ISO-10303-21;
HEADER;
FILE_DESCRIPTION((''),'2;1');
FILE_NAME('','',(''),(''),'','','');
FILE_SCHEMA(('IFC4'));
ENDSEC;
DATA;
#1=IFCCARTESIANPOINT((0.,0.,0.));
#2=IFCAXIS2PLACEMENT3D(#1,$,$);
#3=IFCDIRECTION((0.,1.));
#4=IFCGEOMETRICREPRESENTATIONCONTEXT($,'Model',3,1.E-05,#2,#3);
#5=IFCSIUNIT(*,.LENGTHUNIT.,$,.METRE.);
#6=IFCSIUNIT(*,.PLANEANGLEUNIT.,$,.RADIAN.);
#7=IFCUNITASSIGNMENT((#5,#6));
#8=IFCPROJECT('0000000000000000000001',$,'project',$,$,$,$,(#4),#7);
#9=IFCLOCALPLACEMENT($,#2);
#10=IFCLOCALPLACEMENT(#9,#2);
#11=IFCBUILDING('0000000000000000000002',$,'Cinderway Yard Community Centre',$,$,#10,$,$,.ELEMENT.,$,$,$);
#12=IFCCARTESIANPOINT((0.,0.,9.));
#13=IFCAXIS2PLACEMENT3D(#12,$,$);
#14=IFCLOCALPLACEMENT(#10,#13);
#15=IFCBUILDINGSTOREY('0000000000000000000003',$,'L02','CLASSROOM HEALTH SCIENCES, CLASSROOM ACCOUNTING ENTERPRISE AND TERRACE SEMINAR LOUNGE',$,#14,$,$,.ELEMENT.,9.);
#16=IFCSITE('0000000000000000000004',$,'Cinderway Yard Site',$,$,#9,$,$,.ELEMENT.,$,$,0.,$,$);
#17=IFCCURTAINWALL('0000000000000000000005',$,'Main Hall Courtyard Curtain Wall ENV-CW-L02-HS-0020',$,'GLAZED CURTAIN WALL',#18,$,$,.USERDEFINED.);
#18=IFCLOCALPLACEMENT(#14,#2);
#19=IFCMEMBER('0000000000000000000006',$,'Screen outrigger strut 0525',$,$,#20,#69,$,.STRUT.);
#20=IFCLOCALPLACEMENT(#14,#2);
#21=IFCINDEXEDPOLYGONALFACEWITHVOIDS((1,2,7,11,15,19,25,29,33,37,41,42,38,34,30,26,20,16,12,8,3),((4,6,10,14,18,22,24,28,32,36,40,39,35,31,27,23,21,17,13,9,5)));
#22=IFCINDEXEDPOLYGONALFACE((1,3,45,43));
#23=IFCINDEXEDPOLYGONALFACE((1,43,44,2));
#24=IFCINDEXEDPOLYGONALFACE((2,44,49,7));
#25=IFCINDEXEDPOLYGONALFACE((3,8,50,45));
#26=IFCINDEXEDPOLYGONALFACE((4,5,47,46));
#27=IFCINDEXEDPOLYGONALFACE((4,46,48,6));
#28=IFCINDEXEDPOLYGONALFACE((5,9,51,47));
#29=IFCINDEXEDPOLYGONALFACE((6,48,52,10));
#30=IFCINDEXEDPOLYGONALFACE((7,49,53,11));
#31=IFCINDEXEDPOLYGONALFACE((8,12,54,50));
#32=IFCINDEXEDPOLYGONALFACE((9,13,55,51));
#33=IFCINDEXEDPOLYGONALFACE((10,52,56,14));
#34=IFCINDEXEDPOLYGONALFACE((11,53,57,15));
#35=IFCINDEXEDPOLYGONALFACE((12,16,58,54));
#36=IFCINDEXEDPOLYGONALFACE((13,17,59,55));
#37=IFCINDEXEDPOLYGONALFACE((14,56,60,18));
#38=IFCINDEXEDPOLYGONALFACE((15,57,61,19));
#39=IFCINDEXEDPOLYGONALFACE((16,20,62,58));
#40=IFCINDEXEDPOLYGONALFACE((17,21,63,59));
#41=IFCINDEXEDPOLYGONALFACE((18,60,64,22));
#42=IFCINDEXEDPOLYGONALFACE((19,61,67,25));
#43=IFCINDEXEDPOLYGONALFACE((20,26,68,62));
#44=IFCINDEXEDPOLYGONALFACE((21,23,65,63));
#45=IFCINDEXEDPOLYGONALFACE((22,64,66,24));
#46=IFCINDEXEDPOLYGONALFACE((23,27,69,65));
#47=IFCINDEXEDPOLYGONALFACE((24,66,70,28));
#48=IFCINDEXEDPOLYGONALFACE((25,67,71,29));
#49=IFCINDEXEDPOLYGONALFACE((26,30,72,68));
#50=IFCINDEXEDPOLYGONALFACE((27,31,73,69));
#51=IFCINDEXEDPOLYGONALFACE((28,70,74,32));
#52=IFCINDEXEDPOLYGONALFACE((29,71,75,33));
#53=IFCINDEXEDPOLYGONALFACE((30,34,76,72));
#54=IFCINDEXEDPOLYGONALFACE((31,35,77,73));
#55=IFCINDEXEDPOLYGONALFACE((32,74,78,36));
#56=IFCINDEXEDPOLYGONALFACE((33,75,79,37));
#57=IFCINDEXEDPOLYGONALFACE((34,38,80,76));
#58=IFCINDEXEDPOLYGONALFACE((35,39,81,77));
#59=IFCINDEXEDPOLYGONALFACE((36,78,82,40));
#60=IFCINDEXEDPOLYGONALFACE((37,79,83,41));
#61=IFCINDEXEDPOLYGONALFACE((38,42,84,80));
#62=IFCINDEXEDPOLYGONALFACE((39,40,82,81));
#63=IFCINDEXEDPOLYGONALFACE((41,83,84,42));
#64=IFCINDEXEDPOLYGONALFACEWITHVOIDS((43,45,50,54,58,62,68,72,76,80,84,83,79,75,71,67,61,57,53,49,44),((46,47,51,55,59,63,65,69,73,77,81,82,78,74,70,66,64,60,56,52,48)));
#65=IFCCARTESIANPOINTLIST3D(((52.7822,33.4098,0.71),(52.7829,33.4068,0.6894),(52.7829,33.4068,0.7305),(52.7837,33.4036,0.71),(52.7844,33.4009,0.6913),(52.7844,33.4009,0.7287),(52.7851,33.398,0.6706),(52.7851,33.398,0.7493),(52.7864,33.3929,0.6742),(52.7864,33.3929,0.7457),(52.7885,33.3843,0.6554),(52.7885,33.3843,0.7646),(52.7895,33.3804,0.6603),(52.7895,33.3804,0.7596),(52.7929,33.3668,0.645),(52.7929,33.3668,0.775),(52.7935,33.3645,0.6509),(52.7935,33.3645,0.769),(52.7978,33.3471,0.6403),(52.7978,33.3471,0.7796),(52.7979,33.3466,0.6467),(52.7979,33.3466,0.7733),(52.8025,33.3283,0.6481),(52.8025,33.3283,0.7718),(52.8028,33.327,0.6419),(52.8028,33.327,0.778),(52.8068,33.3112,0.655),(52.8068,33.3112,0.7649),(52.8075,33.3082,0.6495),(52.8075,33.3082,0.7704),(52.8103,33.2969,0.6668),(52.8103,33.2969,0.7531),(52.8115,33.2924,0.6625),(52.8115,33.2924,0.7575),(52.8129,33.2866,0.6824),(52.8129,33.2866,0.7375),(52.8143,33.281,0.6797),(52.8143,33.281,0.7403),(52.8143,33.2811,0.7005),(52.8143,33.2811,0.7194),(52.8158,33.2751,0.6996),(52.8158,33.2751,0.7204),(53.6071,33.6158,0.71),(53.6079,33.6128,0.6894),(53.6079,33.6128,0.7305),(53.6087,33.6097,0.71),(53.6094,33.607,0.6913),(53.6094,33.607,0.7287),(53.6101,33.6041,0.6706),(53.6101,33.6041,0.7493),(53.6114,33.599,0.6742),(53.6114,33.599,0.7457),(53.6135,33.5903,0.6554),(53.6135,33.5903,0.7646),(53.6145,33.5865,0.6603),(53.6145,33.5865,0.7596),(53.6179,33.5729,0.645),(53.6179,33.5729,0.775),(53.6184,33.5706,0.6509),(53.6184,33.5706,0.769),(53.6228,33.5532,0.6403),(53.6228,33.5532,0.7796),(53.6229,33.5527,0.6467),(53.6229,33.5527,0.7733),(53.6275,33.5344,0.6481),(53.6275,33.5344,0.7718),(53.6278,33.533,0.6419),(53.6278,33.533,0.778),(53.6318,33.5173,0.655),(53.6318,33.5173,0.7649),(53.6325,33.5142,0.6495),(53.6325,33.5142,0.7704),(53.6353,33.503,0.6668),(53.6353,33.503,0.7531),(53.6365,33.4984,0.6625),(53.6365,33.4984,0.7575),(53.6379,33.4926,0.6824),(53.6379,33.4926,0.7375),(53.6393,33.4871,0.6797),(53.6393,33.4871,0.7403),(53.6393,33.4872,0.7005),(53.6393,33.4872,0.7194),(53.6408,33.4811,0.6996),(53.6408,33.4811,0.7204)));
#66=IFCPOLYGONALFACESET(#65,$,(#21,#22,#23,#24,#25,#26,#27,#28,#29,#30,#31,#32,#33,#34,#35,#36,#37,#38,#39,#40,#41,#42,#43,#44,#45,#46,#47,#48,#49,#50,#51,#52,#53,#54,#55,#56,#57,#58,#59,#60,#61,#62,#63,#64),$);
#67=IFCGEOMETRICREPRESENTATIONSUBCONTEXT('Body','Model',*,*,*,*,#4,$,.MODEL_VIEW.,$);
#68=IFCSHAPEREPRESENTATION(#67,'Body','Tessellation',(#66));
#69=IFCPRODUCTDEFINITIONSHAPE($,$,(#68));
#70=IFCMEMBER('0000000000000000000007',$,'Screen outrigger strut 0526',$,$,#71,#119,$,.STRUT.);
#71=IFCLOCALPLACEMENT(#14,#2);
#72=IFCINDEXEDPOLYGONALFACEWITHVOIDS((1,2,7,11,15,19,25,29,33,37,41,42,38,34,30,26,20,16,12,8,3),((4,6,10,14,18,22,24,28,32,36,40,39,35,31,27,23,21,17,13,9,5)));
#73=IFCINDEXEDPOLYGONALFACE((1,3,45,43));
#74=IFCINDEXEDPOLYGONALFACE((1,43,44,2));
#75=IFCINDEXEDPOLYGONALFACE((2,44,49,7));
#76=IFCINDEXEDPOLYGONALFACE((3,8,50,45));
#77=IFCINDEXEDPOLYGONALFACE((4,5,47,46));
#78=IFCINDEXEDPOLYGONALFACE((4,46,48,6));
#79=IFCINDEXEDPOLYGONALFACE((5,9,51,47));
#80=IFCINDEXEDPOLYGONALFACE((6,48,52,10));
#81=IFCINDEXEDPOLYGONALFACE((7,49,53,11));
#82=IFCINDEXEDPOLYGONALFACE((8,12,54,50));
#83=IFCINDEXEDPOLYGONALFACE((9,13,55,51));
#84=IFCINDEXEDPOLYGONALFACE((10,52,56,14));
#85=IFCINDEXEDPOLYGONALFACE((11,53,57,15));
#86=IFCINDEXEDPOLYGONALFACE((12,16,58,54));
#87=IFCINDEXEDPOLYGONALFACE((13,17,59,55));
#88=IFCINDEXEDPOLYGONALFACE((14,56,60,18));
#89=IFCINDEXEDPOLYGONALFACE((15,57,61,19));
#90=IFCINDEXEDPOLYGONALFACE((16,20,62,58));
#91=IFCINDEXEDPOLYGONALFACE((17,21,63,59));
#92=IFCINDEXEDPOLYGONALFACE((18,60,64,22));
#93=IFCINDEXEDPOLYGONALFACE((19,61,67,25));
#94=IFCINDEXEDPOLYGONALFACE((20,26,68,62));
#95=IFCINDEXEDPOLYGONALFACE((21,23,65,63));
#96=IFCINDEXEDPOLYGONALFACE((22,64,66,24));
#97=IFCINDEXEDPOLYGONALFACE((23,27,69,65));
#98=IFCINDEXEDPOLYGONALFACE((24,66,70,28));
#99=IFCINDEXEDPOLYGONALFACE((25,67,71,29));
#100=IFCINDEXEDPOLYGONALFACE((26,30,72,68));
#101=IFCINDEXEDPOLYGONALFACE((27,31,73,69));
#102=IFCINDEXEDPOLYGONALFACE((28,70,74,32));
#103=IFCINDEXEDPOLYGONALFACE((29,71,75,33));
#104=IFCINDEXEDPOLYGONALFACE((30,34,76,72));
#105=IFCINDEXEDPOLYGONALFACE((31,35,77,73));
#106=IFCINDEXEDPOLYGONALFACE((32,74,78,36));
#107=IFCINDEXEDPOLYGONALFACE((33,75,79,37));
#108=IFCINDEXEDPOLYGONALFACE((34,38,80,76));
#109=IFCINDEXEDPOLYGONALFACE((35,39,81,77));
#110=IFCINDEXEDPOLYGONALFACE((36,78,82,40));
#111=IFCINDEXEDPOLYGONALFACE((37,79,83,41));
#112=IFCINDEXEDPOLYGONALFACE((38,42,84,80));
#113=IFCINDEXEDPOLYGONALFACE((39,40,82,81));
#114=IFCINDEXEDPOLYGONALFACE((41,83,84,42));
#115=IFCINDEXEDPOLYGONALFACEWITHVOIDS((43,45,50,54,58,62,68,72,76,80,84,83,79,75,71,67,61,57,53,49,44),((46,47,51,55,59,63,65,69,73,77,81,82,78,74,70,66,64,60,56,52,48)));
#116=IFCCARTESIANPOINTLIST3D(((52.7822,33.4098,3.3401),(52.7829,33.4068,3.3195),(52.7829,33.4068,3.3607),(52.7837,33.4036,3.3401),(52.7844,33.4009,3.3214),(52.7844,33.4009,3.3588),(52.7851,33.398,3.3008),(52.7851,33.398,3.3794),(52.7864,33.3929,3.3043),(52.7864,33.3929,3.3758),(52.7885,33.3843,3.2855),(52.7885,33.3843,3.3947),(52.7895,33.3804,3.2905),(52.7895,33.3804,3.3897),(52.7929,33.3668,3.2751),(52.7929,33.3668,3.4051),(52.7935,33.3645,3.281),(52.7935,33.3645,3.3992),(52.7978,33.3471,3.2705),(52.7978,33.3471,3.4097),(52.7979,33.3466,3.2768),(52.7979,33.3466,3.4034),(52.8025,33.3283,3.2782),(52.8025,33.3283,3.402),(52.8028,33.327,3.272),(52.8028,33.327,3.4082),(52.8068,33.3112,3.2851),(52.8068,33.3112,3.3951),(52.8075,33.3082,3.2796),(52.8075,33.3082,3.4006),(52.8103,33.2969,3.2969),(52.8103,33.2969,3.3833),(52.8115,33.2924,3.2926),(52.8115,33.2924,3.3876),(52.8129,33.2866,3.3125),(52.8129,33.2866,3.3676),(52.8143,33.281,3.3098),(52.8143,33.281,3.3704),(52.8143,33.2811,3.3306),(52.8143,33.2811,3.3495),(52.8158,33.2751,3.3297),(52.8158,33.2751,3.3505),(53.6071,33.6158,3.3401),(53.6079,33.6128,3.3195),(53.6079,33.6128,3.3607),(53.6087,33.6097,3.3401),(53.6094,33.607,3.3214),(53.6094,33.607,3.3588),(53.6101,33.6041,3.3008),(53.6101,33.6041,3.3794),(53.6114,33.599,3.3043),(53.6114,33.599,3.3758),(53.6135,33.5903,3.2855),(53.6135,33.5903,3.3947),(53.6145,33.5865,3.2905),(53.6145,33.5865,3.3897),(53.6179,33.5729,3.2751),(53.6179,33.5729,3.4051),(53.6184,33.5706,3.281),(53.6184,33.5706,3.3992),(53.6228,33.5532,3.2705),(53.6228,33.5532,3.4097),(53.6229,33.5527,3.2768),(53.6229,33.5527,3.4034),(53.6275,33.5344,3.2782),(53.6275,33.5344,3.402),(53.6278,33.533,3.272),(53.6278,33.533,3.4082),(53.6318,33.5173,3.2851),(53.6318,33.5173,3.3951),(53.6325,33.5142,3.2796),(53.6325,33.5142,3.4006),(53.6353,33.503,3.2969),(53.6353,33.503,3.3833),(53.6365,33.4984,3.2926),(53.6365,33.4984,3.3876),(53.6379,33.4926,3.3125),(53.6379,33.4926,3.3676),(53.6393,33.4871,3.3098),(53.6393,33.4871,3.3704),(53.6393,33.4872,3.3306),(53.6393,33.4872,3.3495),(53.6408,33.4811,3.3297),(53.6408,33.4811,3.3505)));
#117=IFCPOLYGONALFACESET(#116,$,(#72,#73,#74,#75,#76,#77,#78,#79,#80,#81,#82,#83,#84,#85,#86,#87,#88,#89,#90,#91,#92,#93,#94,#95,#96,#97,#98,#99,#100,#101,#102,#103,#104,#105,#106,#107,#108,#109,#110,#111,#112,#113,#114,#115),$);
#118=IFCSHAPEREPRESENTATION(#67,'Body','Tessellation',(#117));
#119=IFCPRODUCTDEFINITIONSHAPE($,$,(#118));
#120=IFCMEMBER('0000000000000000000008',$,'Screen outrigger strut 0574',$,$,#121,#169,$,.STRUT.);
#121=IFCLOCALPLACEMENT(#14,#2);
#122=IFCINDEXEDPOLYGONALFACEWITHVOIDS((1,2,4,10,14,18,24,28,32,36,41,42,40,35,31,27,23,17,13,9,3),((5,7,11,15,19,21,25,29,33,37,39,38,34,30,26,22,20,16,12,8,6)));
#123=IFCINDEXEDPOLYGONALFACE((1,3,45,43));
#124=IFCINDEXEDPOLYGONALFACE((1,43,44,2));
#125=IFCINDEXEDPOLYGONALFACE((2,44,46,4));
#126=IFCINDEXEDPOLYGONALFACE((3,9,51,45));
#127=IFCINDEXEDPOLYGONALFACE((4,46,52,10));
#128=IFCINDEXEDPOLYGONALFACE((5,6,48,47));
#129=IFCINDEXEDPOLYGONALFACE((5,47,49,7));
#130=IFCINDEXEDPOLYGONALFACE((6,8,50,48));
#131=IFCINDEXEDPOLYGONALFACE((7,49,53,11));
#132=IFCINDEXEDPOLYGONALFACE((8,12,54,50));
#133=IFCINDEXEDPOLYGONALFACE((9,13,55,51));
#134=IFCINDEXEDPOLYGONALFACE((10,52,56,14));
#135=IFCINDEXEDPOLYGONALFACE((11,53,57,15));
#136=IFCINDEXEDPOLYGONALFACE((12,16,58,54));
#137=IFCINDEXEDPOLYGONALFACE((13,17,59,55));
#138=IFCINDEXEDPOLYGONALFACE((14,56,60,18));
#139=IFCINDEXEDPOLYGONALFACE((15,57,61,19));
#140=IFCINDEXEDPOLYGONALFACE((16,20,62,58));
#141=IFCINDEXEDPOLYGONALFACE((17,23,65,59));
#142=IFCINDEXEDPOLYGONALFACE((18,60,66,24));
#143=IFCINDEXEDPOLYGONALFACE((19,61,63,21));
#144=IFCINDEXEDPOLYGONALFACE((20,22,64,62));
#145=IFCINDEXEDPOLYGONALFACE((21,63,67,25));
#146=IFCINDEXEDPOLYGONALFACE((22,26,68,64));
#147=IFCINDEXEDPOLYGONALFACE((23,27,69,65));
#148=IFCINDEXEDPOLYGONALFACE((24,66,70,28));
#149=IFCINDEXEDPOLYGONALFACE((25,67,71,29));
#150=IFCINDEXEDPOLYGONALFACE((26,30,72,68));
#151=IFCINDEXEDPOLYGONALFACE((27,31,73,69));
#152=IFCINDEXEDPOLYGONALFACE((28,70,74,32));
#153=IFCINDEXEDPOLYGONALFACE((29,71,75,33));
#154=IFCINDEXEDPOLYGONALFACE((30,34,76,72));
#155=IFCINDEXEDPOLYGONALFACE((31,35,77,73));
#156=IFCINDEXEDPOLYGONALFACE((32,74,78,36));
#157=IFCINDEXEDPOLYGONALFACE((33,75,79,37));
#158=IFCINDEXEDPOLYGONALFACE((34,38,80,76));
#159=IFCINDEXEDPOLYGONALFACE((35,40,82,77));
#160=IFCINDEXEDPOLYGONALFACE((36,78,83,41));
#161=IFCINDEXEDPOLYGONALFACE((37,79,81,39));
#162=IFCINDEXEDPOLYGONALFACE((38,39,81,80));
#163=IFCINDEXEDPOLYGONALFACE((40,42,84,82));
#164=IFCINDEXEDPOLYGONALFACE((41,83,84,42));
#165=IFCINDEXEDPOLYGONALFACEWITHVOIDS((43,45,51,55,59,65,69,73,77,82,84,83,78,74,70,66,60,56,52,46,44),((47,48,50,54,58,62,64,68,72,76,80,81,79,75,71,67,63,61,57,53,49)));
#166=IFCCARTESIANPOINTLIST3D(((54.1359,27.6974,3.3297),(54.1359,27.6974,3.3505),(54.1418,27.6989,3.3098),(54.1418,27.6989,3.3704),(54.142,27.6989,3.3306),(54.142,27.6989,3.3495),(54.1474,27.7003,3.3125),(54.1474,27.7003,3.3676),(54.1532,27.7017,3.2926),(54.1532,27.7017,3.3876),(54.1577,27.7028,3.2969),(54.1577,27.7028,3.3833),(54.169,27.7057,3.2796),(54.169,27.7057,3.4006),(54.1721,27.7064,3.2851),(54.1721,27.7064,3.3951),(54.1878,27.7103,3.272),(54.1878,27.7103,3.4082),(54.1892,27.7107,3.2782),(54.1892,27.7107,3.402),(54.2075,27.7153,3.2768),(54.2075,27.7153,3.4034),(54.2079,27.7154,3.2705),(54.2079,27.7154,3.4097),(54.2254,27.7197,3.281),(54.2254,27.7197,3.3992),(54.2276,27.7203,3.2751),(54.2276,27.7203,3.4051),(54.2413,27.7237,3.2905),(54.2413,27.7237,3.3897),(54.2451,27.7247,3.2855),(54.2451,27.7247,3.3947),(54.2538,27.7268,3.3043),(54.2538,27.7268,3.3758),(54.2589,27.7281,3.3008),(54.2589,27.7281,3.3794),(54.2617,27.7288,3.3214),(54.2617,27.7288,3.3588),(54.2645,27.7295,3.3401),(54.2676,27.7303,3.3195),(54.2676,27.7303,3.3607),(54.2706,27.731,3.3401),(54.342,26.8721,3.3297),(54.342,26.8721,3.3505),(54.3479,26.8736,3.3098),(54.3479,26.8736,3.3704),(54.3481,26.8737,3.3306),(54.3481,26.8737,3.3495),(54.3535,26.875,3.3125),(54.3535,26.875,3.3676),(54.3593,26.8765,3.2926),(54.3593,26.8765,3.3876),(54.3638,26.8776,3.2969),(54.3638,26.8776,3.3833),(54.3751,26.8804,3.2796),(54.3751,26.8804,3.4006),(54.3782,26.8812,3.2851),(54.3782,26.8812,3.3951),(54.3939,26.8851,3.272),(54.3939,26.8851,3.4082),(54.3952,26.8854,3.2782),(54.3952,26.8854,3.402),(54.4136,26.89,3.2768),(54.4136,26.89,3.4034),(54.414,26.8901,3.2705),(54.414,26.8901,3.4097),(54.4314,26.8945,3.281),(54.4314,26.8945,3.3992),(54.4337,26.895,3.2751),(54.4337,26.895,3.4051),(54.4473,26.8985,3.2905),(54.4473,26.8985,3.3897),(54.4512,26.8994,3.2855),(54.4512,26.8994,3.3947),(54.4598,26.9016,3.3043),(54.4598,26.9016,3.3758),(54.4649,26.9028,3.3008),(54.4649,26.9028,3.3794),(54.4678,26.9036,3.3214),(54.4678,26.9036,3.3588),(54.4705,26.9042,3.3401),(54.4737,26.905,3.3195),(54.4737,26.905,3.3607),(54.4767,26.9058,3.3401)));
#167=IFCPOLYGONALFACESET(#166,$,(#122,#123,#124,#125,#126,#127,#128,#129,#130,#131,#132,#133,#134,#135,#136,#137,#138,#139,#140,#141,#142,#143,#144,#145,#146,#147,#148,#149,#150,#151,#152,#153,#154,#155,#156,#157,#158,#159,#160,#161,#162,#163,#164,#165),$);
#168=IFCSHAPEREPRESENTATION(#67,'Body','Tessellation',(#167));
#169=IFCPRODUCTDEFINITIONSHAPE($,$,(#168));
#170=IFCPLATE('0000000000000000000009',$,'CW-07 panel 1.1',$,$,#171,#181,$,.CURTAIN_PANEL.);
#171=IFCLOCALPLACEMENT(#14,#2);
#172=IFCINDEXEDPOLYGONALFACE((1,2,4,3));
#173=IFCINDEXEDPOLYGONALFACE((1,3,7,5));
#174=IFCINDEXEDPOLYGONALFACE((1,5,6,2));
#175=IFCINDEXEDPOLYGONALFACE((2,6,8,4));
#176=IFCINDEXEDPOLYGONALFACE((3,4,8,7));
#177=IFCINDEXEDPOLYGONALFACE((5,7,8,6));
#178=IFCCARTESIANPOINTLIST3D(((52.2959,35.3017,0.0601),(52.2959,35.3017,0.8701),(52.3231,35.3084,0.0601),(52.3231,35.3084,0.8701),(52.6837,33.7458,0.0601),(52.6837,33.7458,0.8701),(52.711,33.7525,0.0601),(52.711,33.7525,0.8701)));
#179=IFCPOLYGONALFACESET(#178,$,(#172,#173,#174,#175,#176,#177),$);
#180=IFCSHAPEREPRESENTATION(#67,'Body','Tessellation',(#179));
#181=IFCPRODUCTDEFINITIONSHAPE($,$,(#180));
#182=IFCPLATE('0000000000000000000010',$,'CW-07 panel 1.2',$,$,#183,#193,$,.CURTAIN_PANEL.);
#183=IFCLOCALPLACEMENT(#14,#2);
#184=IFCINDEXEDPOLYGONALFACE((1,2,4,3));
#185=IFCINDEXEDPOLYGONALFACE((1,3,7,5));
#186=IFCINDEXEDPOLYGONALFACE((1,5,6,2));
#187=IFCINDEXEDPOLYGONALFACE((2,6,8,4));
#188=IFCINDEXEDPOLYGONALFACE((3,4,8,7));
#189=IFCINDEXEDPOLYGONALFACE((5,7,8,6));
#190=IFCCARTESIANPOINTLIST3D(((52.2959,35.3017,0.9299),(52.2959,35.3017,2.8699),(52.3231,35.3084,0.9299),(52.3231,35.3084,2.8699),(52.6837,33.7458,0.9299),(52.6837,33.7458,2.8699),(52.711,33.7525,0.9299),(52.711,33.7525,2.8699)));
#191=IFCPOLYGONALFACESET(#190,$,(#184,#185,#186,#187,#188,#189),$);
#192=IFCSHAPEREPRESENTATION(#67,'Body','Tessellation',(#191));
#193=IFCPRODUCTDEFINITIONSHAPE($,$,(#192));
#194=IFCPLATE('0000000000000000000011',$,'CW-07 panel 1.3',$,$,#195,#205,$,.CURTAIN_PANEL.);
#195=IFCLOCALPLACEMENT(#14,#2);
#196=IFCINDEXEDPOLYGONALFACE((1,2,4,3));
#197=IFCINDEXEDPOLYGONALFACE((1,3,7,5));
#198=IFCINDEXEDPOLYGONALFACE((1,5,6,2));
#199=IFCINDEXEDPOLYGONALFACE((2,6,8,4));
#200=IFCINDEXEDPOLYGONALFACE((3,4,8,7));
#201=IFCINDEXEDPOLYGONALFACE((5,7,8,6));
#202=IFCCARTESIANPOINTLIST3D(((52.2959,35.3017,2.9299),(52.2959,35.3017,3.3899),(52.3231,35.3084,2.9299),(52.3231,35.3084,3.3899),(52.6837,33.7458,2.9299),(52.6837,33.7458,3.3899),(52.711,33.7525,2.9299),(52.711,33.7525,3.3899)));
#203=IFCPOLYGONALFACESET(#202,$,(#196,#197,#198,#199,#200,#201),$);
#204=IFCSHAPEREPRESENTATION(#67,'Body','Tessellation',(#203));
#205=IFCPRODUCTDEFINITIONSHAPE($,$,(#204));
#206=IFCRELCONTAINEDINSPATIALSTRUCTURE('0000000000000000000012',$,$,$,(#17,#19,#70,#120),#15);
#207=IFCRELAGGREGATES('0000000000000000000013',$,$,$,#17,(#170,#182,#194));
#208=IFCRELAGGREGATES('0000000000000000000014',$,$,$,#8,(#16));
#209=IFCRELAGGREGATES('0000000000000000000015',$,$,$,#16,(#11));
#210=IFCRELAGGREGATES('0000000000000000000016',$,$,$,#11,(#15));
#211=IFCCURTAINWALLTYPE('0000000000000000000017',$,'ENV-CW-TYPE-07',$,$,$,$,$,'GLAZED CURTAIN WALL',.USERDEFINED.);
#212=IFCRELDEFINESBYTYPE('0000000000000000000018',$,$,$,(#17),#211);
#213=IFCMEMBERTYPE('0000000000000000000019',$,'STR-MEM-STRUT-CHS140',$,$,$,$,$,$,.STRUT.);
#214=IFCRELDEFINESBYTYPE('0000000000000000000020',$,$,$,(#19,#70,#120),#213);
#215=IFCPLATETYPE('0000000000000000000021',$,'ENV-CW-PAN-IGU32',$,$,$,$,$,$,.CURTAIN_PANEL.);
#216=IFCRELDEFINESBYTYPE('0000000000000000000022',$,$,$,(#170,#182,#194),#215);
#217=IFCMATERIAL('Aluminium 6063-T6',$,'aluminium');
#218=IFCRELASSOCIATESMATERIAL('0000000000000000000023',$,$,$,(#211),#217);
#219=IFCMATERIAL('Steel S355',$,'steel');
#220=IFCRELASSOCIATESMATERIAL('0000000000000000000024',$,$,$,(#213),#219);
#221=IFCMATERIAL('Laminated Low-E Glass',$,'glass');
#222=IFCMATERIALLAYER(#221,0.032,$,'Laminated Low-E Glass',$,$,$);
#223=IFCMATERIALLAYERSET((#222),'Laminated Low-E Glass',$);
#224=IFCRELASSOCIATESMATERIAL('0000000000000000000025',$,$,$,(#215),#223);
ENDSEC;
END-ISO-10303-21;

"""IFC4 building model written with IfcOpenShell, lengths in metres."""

from ifc_helpers import new_model, si_unit, direction, frame, origin, origin_2d, place, context, subcontext, project, spatial, rectangle, hollow_circle, extrude, material, layer, layer_set, material_profile, profile_set, type_object, element, aggregate, save


model = new_model("IFC4")

# Units and contexts
model_context = context("Model", 3, precision=1e-05, world=origin(), true_north=direction((0.0, 1.0)))
body_context = subcontext(model_context, "Body", "Model", "MODEL_VIEW")
ifc_project = project(units=[si_unit("LENGTHUNIT", "METRE"), si_unit("PLANEANGLEUNIT", "RADIAN")], contexts=[model_context])

# Site, building, storey
site_placement = place(None, origin())
site = spatial("IfcSite", under=ifc_project, at=site_placement, Name="Cinderway Yard Site", CompositionType="ELEMENT", RefElevation=0.0)
building_placement = place(site_placement, origin())
building = spatial("IfcBuilding", under=site, at=building_placement, Name="Cinderway Yard Community Centre", CompositionType="ELEMENT")
storey_placement = place(building_placement, frame((0.0, 0.0, 9.0)))
storey = spatial("IfcBuildingStorey", under=building, at=storey_placement, Name="L02", Description="CLASSROOM HEALTH SCIENCES, CLASSROOM ACCOUNTING ENTERPRISE AND TERRACE SEMINAR LOUNGE", CompositionType="ELEMENT", Elevation=9.0)

# Curtain wall
ifc_material_1 = material(Name="Aluminium 6063-T6", Category="aluminium")
curtain_wall_type = type_object("IfcCurtainWallType", Name="ENV-CW-TYPE-07", ElementType="GLAZED CURTAIN WALL", PredefinedType="USERDEFINED", material=ifc_material_1)
curtain_wall_placement = place(storey_placement, origin())
curtain_wall = element("IfcCurtainWall", 1, at=curtain_wall_placement, inside=storey, type_object=curtain_wall_type, Name="Main Hall Courtyard Curtain Wall ENV-CW-L02-HS-0020", ObjectType="GLAZED CURTAIN WALL", PredefinedType="USERDEFINED")

# Shared definitions
ifc_material_2 = material(Name="Steel S355", Category="steel")

# Members
ifc_material_profile_1 = material_profile(ifc_material_2, hollow_circle(Radius=0.0698, WallThickness=0.0063, at=origin_2d()), Name="Steel S355")
ifc_profile_set_1 = profile_set([ifc_material_profile_1], Name="Steel S355")
member_type_1 = type_object("IfcMemberType", Name="STR-MEM-STRUT-CHS140", PredefinedType="STRUT", material=ifc_profile_set_1)
for number, where, z_axis, x_axis, name in (
    (2, (52.7991, 33.342, 0.71), (0.970193, 0.242333, 0.0), (-0.242333, 0.970193, 0.0), "Screen outrigger strut 0525"),
    (3, (52.7991, 33.342, 3.3401), (0.970193, 0.242333, 0.0), (-0.242333, 0.970193, 0.0), "Screen outrigger strut 0526"),
):
    element("IfcMember", number, at=place(storey_placement, frame(where, z_axis=z_axis, x_axis=x_axis)), inside=storey, type_object=member_type_1, Name=name, PredefinedType="STRUT", context=body_context, shape_type="SweptSolid", body=[
        extrude(hollow_circle(Radius=0.0698, WallThickness=0.0063, at=origin_2d()), origin(), (0.0, 0.0, 1.0), 0.8503),
    ])
member_1_placement = place(storey_placement, frame((54.2029, 27.7141, 3.3401), z_axis=(0.242265, -0.97021, 0.0), x_axis=(0.97021, 0.242265, 0.0)))
element("IfcMember", 4, at=member_1_placement, inside=storey, type_object=member_type_1, Name="Screen outrigger strut 0574", PredefinedType="STRUT", context=body_context, shape_type="SweptSolid", body=[
    extrude(hollow_circle(Radius=0.0698, WallThickness=0.0063, at=origin_2d()), origin(), (0.0, 0.0, 1.0), 0.8506),
])

# Plates
ifc_material_3 = material(Name="Laminated Low-E Glass", Category="glass")
ifc_layer_1 = layer(ifc_material_3, 0.032, Name="Laminated Low-E Glass")
ifc_layer_set_1 = layer_set([ifc_layer_1], Name="Laminated Low-E Glass")
plate_type = type_object("IfcPlateType", Name="ENV-CW-PAN-IGU32", PredefinedType="CURTAIN_PANEL", material=ifc_layer_set_1)
plate_1_placement = place(storey_placement, frame((52.5034, 34.5271, 0.0601), z_axis=(0.0, 0.0, 1.0), x_axis=(-0.241887, 0.970304, 0.0)))
plate_1 = element("IfcPlate", 5, at=plate_1_placement, type_object=plate_type, Name="CW-07 panel 1.1", PredefinedType="CURTAIN_PANEL", context=body_context, shape_type="SweptSolid", body=[
    extrude(rectangle(XDim=1.6035, YDim=0.0281, at=origin_2d()), origin(), (0.0, 0.0, 1.0), 0.8101),
])
plate_2_placement = place(storey_placement, frame((52.5034, 34.5271, 0.9299), z_axis=(0.0, 0.0, 1.0), x_axis=(-0.241887, 0.970304, 0.0)))
plate_2 = element("IfcPlate", 6, at=plate_2_placement, type_object=plate_type, Name="CW-07 panel 1.2", PredefinedType="CURTAIN_PANEL", context=body_context, shape_type="SweptSolid", body=[
    extrude(rectangle(XDim=1.6035, YDim=0.0281, at=origin_2d()), origin(), (0.0, 0.0, 1.0), 1.9399),
])
plate_3_placement = place(storey_placement, frame((52.5034, 34.5271, 2.9299), z_axis=(0.0, 0.0, 1.0), x_axis=(-0.241887, 0.970304, 0.0)))
plate_3 = element("IfcPlate", 7, at=plate_3_placement, type_object=plate_type, Name="CW-07 panel 1.3", PredefinedType="CURTAIN_PANEL", context=body_context, shape_type="SweptSolid", body=[
    extrude(rectangle(XDim=1.6035, YDim=0.0281, at=origin_2d()), origin(), (0.0, 0.0, 1.0), 0.46),
])
aggregate(curtain_wall, [plate_1, plate_2, plate_3])

save(model, "model.ifc")
